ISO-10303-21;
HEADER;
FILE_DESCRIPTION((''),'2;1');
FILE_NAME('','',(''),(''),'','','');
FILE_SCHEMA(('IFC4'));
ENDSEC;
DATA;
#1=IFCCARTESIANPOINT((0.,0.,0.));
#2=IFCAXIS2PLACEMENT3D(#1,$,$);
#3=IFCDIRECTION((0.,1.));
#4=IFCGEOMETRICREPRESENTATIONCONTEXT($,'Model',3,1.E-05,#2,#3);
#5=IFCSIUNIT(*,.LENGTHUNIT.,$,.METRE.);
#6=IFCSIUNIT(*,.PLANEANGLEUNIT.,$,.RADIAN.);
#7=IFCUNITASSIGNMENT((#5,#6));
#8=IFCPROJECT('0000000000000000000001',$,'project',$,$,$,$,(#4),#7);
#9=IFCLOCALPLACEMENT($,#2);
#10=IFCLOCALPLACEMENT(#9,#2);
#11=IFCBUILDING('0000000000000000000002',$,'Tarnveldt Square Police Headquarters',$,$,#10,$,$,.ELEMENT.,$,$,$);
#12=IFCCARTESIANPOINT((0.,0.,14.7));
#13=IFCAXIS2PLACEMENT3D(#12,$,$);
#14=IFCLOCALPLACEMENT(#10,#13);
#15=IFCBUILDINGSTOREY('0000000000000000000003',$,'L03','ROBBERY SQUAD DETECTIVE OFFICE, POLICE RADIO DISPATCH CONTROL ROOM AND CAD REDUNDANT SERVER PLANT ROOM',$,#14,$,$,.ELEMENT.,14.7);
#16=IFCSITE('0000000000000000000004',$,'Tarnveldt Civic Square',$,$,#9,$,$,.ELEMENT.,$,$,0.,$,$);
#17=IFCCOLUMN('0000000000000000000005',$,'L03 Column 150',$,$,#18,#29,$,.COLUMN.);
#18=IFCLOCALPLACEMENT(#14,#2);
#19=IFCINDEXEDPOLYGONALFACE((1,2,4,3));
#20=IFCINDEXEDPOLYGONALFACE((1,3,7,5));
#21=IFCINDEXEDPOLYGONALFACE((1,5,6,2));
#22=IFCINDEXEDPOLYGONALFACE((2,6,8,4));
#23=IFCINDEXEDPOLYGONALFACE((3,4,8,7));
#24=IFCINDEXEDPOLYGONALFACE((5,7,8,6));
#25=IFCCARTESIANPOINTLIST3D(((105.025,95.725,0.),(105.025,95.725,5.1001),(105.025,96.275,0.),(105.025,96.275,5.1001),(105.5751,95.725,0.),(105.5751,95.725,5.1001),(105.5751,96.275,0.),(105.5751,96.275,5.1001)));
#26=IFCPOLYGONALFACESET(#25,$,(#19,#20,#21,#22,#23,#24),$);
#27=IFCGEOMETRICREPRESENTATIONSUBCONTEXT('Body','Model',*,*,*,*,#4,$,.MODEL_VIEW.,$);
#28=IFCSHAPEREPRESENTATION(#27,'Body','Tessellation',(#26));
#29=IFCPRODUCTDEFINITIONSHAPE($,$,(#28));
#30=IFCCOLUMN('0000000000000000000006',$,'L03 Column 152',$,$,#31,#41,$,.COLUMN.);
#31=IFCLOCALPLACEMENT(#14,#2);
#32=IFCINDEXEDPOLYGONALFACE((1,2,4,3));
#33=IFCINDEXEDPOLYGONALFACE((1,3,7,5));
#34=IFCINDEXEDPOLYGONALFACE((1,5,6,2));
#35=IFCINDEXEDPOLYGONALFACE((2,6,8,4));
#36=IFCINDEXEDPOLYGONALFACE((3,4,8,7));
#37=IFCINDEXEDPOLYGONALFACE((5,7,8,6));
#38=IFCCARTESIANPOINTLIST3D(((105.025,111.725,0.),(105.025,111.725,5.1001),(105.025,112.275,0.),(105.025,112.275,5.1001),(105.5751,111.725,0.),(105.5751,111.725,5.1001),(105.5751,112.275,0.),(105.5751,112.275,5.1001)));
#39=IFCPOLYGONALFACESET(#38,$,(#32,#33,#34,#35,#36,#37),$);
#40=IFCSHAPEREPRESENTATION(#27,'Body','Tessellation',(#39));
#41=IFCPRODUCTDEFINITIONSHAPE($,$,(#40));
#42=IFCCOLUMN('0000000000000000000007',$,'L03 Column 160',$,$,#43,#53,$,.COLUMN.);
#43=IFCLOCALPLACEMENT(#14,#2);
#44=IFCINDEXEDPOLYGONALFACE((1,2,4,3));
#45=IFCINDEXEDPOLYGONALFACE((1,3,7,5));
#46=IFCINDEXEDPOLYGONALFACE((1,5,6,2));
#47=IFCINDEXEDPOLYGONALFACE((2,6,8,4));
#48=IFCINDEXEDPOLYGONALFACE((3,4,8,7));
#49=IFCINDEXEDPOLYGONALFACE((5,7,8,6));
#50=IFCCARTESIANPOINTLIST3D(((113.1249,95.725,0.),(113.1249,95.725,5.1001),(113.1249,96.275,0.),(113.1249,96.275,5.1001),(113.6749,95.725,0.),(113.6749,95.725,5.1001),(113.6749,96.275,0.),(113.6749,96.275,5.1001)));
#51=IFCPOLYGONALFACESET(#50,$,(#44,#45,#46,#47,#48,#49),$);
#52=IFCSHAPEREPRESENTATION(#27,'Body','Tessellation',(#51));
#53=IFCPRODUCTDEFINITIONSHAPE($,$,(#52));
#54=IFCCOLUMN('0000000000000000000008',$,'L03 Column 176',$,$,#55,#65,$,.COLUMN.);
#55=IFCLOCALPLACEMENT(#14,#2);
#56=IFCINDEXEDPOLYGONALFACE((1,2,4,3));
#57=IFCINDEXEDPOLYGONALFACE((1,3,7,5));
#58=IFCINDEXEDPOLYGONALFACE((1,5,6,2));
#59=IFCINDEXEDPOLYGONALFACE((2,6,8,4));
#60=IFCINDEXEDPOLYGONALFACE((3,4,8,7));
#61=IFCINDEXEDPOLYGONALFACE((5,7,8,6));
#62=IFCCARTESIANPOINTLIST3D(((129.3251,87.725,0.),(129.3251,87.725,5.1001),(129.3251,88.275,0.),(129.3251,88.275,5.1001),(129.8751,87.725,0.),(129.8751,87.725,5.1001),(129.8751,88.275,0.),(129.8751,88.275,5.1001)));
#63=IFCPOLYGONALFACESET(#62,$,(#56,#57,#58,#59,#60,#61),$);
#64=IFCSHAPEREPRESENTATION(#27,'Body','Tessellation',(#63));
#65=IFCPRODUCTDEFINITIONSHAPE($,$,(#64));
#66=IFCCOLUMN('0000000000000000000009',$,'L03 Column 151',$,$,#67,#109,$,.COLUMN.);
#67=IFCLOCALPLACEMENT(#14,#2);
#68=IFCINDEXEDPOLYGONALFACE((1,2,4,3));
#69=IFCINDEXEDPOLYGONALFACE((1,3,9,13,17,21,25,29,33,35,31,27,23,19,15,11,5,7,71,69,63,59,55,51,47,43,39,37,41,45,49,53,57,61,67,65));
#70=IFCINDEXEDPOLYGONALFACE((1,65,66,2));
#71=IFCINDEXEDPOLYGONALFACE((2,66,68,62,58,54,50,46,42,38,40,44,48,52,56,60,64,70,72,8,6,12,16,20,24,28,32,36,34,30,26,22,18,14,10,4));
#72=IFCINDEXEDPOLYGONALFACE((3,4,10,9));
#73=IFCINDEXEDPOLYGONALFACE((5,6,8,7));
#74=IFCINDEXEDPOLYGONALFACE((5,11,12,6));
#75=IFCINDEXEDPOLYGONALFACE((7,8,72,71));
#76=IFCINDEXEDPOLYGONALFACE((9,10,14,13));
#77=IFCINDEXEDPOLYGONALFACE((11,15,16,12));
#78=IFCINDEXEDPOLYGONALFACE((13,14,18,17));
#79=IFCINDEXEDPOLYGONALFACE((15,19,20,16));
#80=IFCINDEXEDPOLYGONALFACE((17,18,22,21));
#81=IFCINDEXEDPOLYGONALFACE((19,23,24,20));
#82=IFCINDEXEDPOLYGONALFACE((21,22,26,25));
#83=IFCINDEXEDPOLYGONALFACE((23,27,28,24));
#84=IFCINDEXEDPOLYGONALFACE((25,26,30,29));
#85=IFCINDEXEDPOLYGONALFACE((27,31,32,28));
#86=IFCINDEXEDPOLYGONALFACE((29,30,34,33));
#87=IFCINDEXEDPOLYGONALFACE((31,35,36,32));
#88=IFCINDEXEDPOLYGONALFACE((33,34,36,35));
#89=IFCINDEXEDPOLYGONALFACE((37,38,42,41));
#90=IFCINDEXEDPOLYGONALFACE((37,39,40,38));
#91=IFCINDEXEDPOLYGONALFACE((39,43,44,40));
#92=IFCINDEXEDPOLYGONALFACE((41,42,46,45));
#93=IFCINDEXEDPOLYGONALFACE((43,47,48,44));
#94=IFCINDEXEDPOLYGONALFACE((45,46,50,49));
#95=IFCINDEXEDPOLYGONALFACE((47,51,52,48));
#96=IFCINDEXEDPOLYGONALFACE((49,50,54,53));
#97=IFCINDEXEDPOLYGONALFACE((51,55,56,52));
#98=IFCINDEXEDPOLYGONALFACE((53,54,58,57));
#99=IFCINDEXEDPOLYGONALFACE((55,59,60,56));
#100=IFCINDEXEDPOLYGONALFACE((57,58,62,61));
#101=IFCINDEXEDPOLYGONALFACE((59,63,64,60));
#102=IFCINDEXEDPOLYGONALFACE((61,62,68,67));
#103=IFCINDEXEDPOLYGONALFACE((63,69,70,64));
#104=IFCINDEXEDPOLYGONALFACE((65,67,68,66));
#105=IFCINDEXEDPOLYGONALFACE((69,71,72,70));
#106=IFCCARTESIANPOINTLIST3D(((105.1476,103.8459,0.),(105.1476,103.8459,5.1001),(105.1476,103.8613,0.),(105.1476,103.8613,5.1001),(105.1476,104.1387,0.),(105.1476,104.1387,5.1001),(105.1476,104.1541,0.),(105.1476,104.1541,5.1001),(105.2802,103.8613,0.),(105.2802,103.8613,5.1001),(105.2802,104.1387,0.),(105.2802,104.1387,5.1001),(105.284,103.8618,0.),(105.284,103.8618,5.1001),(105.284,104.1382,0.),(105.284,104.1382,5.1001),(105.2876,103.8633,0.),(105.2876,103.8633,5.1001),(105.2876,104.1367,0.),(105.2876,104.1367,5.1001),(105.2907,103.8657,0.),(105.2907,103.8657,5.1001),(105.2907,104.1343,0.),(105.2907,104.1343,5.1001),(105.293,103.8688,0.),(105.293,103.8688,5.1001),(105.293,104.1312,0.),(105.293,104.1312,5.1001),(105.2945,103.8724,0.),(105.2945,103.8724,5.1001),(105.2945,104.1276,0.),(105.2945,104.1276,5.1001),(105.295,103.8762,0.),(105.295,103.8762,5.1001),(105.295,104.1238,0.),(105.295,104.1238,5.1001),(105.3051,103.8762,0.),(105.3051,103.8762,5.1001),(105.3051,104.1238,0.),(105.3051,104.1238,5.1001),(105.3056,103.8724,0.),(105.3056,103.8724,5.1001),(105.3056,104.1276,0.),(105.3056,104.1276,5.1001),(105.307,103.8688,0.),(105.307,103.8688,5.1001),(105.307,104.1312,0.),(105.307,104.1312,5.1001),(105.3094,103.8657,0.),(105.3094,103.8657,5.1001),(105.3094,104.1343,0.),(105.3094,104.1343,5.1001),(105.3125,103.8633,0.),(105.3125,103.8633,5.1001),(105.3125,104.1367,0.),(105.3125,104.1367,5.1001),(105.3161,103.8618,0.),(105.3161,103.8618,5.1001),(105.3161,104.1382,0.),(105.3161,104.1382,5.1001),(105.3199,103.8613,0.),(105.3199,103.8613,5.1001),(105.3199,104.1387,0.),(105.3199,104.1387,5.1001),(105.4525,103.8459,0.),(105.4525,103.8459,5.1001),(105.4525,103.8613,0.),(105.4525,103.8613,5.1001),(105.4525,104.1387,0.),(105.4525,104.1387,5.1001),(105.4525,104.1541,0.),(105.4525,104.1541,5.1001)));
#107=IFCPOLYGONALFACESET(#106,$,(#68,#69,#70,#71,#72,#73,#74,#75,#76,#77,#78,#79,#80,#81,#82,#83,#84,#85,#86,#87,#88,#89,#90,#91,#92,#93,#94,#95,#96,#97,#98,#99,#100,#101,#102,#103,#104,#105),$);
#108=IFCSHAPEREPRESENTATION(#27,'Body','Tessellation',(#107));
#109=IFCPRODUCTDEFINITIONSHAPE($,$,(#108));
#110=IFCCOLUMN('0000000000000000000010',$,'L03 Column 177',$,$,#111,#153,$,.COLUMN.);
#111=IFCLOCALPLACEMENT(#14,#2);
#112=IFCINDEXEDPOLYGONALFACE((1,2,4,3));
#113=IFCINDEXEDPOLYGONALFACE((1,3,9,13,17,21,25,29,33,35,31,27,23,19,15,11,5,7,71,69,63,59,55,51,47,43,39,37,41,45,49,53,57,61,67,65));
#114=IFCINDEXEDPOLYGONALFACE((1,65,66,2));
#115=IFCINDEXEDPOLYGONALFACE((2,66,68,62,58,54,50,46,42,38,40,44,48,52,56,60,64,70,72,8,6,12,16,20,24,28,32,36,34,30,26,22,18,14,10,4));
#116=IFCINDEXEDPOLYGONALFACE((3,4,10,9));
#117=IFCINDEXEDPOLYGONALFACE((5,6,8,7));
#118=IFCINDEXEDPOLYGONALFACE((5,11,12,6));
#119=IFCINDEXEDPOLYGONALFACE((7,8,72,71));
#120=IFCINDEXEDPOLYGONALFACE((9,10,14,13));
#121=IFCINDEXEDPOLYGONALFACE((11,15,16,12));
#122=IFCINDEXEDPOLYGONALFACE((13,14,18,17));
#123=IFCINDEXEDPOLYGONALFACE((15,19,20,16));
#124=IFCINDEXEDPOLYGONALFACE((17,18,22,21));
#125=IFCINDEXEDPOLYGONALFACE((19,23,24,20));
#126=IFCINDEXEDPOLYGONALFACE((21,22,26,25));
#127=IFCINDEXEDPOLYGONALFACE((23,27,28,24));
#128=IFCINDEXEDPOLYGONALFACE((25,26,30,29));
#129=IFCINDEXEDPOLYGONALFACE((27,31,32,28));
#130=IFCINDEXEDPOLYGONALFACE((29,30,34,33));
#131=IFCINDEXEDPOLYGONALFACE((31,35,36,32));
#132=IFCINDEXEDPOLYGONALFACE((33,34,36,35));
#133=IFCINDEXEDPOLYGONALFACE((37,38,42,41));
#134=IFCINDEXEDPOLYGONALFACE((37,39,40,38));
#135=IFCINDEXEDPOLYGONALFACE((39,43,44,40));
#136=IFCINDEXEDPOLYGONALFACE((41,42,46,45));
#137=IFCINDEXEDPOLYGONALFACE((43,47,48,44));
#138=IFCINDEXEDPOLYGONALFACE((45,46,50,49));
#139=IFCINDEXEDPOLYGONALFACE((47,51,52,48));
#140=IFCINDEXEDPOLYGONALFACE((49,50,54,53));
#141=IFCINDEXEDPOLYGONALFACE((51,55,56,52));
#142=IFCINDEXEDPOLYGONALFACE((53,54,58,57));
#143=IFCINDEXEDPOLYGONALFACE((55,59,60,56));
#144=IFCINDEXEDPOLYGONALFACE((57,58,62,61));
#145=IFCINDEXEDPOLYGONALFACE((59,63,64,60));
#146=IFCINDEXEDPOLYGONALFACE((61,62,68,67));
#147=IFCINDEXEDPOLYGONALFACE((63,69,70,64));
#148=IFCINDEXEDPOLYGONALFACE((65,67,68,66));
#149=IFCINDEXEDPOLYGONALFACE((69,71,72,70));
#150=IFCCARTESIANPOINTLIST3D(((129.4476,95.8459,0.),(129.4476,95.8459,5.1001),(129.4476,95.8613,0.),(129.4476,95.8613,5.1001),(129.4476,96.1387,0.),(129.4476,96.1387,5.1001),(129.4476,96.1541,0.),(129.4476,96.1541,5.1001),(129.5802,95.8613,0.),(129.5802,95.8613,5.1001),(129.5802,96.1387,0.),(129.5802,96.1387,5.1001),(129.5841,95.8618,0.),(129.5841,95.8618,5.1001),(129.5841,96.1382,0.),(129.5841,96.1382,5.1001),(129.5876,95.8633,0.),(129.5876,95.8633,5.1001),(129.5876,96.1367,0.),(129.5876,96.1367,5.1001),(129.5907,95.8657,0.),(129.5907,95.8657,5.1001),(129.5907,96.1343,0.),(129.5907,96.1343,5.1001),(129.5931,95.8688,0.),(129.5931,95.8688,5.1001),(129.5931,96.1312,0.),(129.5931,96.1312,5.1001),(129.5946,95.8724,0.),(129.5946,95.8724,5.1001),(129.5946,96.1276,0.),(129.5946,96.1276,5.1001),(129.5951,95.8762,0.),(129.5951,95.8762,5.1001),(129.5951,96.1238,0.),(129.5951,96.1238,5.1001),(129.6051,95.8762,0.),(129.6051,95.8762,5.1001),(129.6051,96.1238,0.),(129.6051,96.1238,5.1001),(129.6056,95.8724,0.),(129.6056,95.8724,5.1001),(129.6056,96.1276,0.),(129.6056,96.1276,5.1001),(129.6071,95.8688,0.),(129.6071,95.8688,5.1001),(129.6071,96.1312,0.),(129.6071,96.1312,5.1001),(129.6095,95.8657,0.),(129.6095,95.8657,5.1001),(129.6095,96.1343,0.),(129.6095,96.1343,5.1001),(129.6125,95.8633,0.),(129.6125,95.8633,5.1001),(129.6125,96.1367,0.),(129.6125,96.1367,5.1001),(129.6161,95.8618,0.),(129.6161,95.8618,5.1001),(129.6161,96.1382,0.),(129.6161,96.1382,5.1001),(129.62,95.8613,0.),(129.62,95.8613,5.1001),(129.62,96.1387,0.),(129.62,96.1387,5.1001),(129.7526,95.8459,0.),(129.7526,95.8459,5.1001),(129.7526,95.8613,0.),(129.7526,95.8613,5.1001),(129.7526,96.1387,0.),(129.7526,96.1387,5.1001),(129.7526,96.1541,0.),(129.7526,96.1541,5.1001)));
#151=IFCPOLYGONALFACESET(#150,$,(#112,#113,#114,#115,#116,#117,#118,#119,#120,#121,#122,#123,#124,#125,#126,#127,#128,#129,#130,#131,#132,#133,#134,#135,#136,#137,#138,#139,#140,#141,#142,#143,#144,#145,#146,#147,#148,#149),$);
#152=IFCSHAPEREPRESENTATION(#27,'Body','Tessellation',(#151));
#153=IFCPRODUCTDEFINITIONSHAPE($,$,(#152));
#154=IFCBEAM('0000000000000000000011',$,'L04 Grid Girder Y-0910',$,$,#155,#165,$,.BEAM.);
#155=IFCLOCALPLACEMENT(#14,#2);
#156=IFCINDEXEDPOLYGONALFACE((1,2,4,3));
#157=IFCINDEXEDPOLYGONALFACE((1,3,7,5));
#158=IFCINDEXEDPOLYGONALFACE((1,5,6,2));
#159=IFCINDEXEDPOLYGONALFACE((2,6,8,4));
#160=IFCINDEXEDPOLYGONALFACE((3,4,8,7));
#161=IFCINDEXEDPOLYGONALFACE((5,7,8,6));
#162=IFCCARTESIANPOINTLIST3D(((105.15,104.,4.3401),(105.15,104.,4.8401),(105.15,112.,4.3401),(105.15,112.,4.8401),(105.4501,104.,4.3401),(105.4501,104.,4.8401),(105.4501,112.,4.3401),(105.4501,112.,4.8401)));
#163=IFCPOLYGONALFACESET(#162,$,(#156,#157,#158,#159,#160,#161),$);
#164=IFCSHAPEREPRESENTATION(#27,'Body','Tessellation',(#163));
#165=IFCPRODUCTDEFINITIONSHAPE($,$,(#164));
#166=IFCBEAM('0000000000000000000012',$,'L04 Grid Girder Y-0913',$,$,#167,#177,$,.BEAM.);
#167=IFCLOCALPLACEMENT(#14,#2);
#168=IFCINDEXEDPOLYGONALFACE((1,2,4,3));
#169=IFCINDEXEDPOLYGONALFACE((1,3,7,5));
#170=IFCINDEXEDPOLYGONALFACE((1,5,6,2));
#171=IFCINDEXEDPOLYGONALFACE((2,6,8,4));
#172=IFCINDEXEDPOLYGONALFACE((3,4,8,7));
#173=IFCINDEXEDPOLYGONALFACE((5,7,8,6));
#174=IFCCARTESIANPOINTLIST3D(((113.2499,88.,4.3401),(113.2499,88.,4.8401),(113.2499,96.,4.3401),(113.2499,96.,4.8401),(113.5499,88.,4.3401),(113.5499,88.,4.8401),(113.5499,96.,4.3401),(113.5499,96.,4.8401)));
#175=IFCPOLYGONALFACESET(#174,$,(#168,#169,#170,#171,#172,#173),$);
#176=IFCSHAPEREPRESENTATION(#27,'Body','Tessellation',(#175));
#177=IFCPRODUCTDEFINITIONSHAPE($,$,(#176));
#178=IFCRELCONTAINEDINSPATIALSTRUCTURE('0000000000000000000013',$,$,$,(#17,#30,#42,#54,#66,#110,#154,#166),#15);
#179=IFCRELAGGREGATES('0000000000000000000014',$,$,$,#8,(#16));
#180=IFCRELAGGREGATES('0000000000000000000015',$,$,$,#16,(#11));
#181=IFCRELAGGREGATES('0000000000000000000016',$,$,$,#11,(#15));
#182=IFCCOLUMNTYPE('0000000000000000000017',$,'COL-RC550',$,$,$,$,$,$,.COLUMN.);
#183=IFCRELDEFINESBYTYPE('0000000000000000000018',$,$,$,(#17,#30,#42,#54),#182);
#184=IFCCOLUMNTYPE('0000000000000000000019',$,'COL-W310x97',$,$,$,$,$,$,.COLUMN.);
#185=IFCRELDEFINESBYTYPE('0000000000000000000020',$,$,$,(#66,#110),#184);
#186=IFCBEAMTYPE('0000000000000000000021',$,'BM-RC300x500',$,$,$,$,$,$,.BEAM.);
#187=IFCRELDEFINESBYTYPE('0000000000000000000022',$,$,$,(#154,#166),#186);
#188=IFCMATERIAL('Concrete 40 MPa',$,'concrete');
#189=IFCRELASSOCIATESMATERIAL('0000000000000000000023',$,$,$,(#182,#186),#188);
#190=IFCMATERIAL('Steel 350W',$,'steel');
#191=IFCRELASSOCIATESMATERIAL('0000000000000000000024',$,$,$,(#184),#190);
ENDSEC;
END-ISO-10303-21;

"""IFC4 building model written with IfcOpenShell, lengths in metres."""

from ifc_helpers import new_model, si_unit, direction, frame, origin, origin_2d, place, context, subcontext, project, spatial, rectangle, i_section, extrude, material, material_profile, profile_set, type_object, element, save


model = new_model("IFC4")

# Units and contexts
model_context = context("Model", 3, precision=1e-05, world=origin(), true_north=direction((0.0, 1.0)))
body_context = subcontext(model_context, "Body", "Model", "MODEL_VIEW")
ifc_project = project(units=[si_unit("LENGTHUNIT", "METRE"), si_unit("PLANEANGLEUNIT", "RADIAN")], contexts=[model_context])

# Site, building, storey
site_placement = place(None, origin())
site = spatial("IfcSite", under=ifc_project, at=site_placement, Name="Tarnveldt Civic Square", CompositionType="ELEMENT", RefElevation=0.0)
building_placement = place(site_placement, origin())
building = spatial("IfcBuilding", under=site, at=building_placement, Name="Tarnveldt Square Police Headquarters", CompositionType="ELEMENT")
storey_placement = place(building_placement, frame((0.0, 0.0, 14.7)))
storey = spatial("IfcBuildingStorey", under=building, at=storey_placement, Name="L03", Description="ROBBERY SQUAD DETECTIVE OFFICE, POLICE RADIO DISPATCH CONTROL ROOM AND CAD REDUNDANT SERVER PLANT ROOM", CompositionType="ELEMENT", Elevation=14.7)

# Columns
ifc_material_1 = material(Name="Concrete 40 MPa", Category="concrete")
ifc_material_profile_1 = material_profile(ifc_material_1, rectangle(XDim=0.55, YDim=0.55, at=origin_2d()), Name="RC-C550x550")
ifc_profile_set_1 = profile_set([ifc_material_profile_1], Name="Concrete 40 MPa")
column_type_1 = type_object("IfcColumnType", Name="COL-RC550", PredefinedType="COLUMN", material=ifc_profile_set_1)
for number, where, z_axis, x_axis, name in (
    (1, (105.3, 96.0, 0.0), (0.0, 0.0, 1.0), (1.0, 0.0, 0.0), "L03 Column 150"),
    (2, (105.3, 112.0, 0.0), (0.0, 0.0, 1.0), (1.0, 0.0, 0.0), "L03 Column 152"),
    (3, (113.3999, 96.0, 0.0), (0.0, 0.0, 1.0), (1.0, 0.0, 0.0), "L03 Column 160"),
    (4, (129.6001, 88.0, 0.0), (0.0, 0.0, 1.0), (1.0, 0.0, 0.0), "L03 Column 176"),
):
    element("IfcColumn", number, at=place(storey_placement, frame(where, z_axis=z_axis, x_axis=x_axis)), inside=storey, type_object=column_type_1, Name=name, PredefinedType="COLUMN", context=body_context, shape_type="SweptSolid", body=[
        extrude(rectangle(XDim=0.55, YDim=0.55, at=origin_2d()), origin(), (0.0, 0.0, 1.0), 5.1001),
    ])
ifc_material_2 = material(Name="Steel 350W", Category="steel")
ifc_material_profile_2 = material_profile(ifc_material_2, i_section(OverallWidth=0.3049, OverallDepth=0.3081, WebThickness=0.01, FlangeThickness=0.0154, FilletRadius=0.0149, at=origin_2d()), Name="W310x97")
ifc_profile_set_2 = profile_set([ifc_material_profile_2], Name="Steel 350W")
column_type_2 = type_object("IfcColumnType", Name="COL-W310x97", PredefinedType="COLUMN", material=ifc_profile_set_2)
for number, where, z_axis, x_axis, name in (
    (5, (105.3, 104.0, 0.0), (0.0, 0.0, 1.0), (1.0, 0.0, 0.0), "L03 Column 151"),
    (6, (129.6001, 96.0, 0.0), (0.0, 0.0, 1.0), (1.0, 0.0, 0.0), "L03 Column 177"),
):
    element("IfcColumn", number, at=place(storey_placement, frame(where, z_axis=z_axis, x_axis=x_axis)), inside=storey, type_object=column_type_2, Name=name, PredefinedType="COLUMN", context=body_context, shape_type="SweptSolid", body=[
        extrude(i_section(OverallWidth=0.3049, OverallDepth=0.3081, WebThickness=0.01, FlangeThickness=0.0154, FilletRadius=0.0149, at=origin_2d()), origin(), (0.0, 0.0, 1.0), 5.1001),
    ])

# Beams
ifc_material_profile_3 = material_profile(ifc_material_1, rectangle(XDim=0.3, YDim=0.5, at=origin_2d()), Name="RC-B300x500")
ifc_profile_set_3 = profile_set([ifc_material_profile_3], Name="Concrete 40 MPa")
beam_type_1 = type_object("IfcBeamType", Name="BM-RC300x500", PredefinedType="BEAM", material=ifc_profile_set_3)
for number, where, z_axis, x_axis, name in (
    (7, (105.3, 104.0, 4.5901), (0.0, 1.0, 0.0), (-1.0, 0.0, 0.0), "L04 Grid Girder Y-0910"),
    (8, (113.3999, 88.0, 4.5901), (0.0, 1.0, 0.0), (-1.0, 0.0, 0.0), "L04 Grid Girder Y-0913"),
):
    element("IfcBeam", number, at=place(storey_placement, frame(where, z_axis=z_axis, x_axis=x_axis)), inside=storey, type_object=beam_type_1, Name=name, PredefinedType="BEAM", context=body_context, shape_type="SweptSolid", body=[
        extrude(rectangle(XDim=0.3, YDim=0.5, at=origin_2d()), origin(), (0.0, 0.0, 1.0), 8.0),
    ])

save(model, "model.ifc")
